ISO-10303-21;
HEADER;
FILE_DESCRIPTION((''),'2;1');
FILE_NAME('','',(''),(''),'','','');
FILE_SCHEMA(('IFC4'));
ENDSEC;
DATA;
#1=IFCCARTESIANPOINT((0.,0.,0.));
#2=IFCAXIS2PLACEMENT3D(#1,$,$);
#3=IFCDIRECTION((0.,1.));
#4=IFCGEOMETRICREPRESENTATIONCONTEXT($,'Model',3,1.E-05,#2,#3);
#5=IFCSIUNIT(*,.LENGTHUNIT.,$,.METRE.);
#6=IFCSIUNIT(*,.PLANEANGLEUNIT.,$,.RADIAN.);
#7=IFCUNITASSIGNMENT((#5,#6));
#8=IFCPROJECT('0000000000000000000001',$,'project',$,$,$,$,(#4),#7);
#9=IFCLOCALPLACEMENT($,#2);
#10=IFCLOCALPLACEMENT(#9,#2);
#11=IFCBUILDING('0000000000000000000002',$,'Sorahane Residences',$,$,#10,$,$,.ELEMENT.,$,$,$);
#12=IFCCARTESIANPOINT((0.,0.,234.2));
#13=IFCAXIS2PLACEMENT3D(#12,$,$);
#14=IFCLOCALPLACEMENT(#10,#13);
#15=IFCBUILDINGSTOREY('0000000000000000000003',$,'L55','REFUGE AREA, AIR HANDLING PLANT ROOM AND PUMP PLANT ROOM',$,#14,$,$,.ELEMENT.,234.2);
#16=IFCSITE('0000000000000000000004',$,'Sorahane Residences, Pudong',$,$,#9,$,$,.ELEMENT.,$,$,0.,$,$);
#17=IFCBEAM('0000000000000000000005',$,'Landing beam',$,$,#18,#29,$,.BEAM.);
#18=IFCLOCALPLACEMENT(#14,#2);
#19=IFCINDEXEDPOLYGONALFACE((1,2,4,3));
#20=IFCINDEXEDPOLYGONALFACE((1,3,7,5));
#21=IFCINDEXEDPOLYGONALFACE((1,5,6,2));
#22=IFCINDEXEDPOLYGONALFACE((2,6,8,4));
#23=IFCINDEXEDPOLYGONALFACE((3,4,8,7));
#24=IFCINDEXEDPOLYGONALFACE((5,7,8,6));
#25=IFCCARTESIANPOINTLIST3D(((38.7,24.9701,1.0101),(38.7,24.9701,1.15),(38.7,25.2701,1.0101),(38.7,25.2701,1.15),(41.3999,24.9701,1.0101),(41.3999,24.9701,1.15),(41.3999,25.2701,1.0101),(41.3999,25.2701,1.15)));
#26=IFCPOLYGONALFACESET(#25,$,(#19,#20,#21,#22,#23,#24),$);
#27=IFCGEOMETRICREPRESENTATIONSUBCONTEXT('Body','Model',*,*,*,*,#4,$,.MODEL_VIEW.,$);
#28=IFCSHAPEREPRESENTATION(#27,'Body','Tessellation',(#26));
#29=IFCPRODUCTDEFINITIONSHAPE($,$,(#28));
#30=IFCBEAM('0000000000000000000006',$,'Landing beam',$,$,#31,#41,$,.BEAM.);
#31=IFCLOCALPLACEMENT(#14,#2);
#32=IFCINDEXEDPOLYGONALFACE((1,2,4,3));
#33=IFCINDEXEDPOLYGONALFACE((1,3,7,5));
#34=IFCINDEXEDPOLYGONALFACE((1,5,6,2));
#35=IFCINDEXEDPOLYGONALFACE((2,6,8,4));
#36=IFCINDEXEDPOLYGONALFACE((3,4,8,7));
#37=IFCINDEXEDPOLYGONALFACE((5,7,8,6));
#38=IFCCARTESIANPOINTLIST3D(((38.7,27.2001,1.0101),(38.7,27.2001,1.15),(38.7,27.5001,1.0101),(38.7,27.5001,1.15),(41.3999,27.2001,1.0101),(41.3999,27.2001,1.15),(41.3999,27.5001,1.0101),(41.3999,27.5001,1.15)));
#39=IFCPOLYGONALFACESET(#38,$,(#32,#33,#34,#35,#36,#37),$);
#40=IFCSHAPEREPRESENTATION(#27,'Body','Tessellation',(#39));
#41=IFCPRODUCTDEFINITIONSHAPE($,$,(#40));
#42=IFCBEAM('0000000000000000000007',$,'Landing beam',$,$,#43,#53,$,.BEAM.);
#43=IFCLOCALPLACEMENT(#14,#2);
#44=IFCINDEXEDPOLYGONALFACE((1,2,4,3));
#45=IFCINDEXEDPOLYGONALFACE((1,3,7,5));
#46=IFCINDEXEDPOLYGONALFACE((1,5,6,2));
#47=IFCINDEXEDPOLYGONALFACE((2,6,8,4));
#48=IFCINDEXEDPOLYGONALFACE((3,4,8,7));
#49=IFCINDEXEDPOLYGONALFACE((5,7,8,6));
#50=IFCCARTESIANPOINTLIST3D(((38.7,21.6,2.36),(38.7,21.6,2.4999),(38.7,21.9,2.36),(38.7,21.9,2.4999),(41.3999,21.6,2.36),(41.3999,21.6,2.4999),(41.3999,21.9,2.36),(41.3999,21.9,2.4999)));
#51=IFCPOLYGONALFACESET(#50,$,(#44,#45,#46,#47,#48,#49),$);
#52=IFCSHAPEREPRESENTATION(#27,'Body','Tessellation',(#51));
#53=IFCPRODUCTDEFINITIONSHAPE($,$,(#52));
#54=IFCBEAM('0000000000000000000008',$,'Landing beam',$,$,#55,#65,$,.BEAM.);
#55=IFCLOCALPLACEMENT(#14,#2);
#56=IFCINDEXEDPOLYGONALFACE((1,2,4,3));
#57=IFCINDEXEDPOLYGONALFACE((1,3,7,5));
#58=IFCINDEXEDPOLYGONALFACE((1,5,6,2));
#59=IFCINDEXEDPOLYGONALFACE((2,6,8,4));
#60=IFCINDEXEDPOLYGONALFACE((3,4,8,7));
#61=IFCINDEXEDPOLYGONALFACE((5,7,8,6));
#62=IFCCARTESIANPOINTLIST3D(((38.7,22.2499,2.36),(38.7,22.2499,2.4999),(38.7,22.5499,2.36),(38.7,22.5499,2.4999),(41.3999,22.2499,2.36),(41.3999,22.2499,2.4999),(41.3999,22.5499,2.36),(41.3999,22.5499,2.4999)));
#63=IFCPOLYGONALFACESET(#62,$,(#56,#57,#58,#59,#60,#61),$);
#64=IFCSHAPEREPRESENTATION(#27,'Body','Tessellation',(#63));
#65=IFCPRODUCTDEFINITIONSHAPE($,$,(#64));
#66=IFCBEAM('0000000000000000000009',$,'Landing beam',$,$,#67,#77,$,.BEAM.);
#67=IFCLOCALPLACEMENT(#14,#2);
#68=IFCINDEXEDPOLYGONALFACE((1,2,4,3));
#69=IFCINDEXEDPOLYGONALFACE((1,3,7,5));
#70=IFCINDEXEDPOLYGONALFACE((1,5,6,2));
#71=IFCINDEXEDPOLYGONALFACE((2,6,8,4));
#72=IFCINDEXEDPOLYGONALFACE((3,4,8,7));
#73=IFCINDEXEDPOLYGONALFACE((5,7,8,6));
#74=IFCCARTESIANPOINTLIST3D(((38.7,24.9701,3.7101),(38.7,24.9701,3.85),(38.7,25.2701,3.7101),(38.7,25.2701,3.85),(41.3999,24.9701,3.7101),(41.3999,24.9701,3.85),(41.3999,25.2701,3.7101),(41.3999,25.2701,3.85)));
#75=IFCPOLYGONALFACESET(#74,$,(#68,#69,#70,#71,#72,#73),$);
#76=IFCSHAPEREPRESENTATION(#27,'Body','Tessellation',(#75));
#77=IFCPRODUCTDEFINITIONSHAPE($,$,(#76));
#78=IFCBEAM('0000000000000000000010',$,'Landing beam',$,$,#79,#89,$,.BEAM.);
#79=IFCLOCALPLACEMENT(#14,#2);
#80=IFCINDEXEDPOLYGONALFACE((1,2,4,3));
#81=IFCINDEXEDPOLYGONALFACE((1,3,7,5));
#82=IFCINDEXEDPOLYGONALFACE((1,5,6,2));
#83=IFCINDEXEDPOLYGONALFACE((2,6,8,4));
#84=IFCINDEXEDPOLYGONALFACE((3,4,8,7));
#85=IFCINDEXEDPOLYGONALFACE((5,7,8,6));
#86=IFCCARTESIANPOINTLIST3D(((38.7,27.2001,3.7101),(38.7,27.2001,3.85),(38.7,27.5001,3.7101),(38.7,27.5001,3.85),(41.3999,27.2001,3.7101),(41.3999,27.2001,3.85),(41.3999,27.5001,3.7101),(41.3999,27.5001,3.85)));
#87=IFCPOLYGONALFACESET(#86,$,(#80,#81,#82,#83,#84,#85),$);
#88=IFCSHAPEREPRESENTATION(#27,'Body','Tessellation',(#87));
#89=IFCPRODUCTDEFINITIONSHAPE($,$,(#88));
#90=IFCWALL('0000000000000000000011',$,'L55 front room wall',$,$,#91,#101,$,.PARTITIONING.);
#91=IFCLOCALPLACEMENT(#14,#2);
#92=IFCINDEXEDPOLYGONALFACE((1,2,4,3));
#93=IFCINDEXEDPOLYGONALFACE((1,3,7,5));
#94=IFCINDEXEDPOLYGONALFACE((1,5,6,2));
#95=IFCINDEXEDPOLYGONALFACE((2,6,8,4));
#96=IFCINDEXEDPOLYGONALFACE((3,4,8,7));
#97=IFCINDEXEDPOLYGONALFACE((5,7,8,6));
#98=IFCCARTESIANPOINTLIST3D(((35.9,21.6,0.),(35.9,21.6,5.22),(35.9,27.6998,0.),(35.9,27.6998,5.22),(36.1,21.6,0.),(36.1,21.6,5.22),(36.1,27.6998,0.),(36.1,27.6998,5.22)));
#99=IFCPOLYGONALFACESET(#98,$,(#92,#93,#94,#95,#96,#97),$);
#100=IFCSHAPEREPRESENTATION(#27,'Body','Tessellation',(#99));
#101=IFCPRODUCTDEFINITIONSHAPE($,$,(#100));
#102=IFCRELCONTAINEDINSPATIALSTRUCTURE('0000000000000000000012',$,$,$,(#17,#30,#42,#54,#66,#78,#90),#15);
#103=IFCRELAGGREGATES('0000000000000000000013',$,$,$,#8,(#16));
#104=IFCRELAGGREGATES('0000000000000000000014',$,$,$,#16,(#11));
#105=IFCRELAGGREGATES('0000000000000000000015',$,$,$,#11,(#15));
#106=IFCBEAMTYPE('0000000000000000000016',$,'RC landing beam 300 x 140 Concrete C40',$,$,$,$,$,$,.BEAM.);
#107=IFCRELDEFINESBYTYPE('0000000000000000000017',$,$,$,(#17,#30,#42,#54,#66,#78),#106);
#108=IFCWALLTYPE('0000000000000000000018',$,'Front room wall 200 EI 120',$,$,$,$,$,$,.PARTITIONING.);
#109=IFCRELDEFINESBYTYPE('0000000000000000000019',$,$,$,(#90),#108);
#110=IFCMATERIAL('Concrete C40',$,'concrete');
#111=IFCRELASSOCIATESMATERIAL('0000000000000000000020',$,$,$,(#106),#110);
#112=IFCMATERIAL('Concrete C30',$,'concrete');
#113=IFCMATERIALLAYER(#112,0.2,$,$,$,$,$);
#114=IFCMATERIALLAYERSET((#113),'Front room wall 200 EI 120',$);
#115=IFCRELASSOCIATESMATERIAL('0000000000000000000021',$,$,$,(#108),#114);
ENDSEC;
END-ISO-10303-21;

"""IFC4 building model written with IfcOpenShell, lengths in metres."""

from ifc_helpers import new_model, si_unit, direction, frame, frame_2d, origin, origin_2d, place, context, subcontext, project, spatial, rectangle, extrude, material, layer, layer_set, material_profile, profile_set, type_object, element, save


model = new_model("IFC4")

# Units and contexts
model_context = context("Model", 3, precision=1e-05, world=origin(), true_north=direction((0.0, 1.0)))
body_context = subcontext(model_context, "Body", "Model", "MODEL_VIEW")
ifc_project = project(units=[si_unit("LENGTHUNIT", "METRE"), si_unit("PLANEANGLEUNIT", "RADIAN")], contexts=[model_context])

# Site, building, storey
site_placement = place(None, origin())
site = spatial("IfcSite", under=ifc_project, at=site_placement, Name="Sorahane Residences, Pudong", CompositionType="ELEMENT", RefElevation=0.0)
building_placement = place(site_placement, origin())
building = spatial("IfcBuilding", under=site, at=building_placement, Name="Sorahane Residences", CompositionType="ELEMENT")
storey_placement = place(building_placement, frame((0.0, 0.0, 234.2)))
storey = spatial("IfcBuildingStorey", under=building, at=storey_placement, Name="L55", Description="REFUGE AREA, AIR HANDLING PLANT ROOM AND PUMP PLANT ROOM", CompositionType="ELEMENT", Elevation=234.2)

# Beams
ifc_material_1 = material(Name="Concrete C40", Category="concrete")
ifc_material_profile = material_profile(ifc_material_1, rectangle(XDim=0.3, YDim=0.1399, at=origin_2d()), Name="300x140")
ifc_profile_set = profile_set([ifc_material_profile], Name="Concrete C40")
beam_type = type_object("IfcBeamType", Name="RC landing beam 300 x 140 Concrete C40", PredefinedType="BEAM", material=ifc_profile_set)
for number, where, z_axis, x_axis, name in (
    (1, (38.7, 25.1201, 1.0801), (1.0, 0.0, 0.0), (0.0, 1.0, 0.0), "Landing beam"),
    (2, (38.7, 27.3501, 1.0801), (1.0, 0.0, 0.0), (0.0, 1.0, 0.0), "Landing beam"),
    (3, (38.7, 21.75, 2.4299), (1.0, 0.0, 0.0), (0.0, 1.0, 0.0), "Landing beam"),
    (4, (38.7, 22.3999, 2.4299), (1.0, 0.0, 0.0), (0.0, 1.0, 0.0), "Landing beam"),
    (5, (38.7, 25.1201, 3.78), (1.0, 0.0, 0.0), (0.0, 1.0, 0.0), "Landing beam"),
    (6, (38.7, 27.3501, 3.78), (1.0, 0.0, 0.0), (0.0, 1.0, 0.0), "Landing beam"),
):
    element("IfcBeam", number, at=place(storey_placement, frame(where, z_axis=z_axis, x_axis=x_axis)), inside=storey, type_object=beam_type, Name=name, PredefinedType="BEAM", context=body_context, shape_type="SweptSolid", body=[
        extrude(rectangle(XDim=0.3, YDim=0.1399, at=origin_2d()), origin(), (0.0, 0.0, 1.0), 2.7),
    ])

# Wall
ifc_material_2 = material(Name="Concrete C30", Category="concrete")
ifc_layer_1 = layer(ifc_material_2, 0.2)
ifc_layer_set_1 = layer_set([ifc_layer_1], Name="Front room wall 200 EI 120")
wall_type_1 = type_object("IfcWallType", Name="Front room wall 200 EI 120", PredefinedType="PARTITIONING", material=ifc_layer_set_1)
wall_1_placement = place(storey_placement, frame((36.0, 21.6001, 0.0), z_axis=(0.0, 0.0, 1.0), x_axis=(0.0, 1.0, 0.0)))
element("IfcWall", 7, at=wall_1_placement, inside=storey, type_object=wall_type_1, Name="L55 front room wall", PredefinedType="PARTITIONING", context=body_context, shape_type="SweptSolid", body=[
    extrude(rectangle(XDim=6.0999, YDim=0.2, at=frame_2d((3.0498, 0.0))), origin(), (0.0, 0.0, 1.0), 5.22),
])

save(model, "model.ifc")
